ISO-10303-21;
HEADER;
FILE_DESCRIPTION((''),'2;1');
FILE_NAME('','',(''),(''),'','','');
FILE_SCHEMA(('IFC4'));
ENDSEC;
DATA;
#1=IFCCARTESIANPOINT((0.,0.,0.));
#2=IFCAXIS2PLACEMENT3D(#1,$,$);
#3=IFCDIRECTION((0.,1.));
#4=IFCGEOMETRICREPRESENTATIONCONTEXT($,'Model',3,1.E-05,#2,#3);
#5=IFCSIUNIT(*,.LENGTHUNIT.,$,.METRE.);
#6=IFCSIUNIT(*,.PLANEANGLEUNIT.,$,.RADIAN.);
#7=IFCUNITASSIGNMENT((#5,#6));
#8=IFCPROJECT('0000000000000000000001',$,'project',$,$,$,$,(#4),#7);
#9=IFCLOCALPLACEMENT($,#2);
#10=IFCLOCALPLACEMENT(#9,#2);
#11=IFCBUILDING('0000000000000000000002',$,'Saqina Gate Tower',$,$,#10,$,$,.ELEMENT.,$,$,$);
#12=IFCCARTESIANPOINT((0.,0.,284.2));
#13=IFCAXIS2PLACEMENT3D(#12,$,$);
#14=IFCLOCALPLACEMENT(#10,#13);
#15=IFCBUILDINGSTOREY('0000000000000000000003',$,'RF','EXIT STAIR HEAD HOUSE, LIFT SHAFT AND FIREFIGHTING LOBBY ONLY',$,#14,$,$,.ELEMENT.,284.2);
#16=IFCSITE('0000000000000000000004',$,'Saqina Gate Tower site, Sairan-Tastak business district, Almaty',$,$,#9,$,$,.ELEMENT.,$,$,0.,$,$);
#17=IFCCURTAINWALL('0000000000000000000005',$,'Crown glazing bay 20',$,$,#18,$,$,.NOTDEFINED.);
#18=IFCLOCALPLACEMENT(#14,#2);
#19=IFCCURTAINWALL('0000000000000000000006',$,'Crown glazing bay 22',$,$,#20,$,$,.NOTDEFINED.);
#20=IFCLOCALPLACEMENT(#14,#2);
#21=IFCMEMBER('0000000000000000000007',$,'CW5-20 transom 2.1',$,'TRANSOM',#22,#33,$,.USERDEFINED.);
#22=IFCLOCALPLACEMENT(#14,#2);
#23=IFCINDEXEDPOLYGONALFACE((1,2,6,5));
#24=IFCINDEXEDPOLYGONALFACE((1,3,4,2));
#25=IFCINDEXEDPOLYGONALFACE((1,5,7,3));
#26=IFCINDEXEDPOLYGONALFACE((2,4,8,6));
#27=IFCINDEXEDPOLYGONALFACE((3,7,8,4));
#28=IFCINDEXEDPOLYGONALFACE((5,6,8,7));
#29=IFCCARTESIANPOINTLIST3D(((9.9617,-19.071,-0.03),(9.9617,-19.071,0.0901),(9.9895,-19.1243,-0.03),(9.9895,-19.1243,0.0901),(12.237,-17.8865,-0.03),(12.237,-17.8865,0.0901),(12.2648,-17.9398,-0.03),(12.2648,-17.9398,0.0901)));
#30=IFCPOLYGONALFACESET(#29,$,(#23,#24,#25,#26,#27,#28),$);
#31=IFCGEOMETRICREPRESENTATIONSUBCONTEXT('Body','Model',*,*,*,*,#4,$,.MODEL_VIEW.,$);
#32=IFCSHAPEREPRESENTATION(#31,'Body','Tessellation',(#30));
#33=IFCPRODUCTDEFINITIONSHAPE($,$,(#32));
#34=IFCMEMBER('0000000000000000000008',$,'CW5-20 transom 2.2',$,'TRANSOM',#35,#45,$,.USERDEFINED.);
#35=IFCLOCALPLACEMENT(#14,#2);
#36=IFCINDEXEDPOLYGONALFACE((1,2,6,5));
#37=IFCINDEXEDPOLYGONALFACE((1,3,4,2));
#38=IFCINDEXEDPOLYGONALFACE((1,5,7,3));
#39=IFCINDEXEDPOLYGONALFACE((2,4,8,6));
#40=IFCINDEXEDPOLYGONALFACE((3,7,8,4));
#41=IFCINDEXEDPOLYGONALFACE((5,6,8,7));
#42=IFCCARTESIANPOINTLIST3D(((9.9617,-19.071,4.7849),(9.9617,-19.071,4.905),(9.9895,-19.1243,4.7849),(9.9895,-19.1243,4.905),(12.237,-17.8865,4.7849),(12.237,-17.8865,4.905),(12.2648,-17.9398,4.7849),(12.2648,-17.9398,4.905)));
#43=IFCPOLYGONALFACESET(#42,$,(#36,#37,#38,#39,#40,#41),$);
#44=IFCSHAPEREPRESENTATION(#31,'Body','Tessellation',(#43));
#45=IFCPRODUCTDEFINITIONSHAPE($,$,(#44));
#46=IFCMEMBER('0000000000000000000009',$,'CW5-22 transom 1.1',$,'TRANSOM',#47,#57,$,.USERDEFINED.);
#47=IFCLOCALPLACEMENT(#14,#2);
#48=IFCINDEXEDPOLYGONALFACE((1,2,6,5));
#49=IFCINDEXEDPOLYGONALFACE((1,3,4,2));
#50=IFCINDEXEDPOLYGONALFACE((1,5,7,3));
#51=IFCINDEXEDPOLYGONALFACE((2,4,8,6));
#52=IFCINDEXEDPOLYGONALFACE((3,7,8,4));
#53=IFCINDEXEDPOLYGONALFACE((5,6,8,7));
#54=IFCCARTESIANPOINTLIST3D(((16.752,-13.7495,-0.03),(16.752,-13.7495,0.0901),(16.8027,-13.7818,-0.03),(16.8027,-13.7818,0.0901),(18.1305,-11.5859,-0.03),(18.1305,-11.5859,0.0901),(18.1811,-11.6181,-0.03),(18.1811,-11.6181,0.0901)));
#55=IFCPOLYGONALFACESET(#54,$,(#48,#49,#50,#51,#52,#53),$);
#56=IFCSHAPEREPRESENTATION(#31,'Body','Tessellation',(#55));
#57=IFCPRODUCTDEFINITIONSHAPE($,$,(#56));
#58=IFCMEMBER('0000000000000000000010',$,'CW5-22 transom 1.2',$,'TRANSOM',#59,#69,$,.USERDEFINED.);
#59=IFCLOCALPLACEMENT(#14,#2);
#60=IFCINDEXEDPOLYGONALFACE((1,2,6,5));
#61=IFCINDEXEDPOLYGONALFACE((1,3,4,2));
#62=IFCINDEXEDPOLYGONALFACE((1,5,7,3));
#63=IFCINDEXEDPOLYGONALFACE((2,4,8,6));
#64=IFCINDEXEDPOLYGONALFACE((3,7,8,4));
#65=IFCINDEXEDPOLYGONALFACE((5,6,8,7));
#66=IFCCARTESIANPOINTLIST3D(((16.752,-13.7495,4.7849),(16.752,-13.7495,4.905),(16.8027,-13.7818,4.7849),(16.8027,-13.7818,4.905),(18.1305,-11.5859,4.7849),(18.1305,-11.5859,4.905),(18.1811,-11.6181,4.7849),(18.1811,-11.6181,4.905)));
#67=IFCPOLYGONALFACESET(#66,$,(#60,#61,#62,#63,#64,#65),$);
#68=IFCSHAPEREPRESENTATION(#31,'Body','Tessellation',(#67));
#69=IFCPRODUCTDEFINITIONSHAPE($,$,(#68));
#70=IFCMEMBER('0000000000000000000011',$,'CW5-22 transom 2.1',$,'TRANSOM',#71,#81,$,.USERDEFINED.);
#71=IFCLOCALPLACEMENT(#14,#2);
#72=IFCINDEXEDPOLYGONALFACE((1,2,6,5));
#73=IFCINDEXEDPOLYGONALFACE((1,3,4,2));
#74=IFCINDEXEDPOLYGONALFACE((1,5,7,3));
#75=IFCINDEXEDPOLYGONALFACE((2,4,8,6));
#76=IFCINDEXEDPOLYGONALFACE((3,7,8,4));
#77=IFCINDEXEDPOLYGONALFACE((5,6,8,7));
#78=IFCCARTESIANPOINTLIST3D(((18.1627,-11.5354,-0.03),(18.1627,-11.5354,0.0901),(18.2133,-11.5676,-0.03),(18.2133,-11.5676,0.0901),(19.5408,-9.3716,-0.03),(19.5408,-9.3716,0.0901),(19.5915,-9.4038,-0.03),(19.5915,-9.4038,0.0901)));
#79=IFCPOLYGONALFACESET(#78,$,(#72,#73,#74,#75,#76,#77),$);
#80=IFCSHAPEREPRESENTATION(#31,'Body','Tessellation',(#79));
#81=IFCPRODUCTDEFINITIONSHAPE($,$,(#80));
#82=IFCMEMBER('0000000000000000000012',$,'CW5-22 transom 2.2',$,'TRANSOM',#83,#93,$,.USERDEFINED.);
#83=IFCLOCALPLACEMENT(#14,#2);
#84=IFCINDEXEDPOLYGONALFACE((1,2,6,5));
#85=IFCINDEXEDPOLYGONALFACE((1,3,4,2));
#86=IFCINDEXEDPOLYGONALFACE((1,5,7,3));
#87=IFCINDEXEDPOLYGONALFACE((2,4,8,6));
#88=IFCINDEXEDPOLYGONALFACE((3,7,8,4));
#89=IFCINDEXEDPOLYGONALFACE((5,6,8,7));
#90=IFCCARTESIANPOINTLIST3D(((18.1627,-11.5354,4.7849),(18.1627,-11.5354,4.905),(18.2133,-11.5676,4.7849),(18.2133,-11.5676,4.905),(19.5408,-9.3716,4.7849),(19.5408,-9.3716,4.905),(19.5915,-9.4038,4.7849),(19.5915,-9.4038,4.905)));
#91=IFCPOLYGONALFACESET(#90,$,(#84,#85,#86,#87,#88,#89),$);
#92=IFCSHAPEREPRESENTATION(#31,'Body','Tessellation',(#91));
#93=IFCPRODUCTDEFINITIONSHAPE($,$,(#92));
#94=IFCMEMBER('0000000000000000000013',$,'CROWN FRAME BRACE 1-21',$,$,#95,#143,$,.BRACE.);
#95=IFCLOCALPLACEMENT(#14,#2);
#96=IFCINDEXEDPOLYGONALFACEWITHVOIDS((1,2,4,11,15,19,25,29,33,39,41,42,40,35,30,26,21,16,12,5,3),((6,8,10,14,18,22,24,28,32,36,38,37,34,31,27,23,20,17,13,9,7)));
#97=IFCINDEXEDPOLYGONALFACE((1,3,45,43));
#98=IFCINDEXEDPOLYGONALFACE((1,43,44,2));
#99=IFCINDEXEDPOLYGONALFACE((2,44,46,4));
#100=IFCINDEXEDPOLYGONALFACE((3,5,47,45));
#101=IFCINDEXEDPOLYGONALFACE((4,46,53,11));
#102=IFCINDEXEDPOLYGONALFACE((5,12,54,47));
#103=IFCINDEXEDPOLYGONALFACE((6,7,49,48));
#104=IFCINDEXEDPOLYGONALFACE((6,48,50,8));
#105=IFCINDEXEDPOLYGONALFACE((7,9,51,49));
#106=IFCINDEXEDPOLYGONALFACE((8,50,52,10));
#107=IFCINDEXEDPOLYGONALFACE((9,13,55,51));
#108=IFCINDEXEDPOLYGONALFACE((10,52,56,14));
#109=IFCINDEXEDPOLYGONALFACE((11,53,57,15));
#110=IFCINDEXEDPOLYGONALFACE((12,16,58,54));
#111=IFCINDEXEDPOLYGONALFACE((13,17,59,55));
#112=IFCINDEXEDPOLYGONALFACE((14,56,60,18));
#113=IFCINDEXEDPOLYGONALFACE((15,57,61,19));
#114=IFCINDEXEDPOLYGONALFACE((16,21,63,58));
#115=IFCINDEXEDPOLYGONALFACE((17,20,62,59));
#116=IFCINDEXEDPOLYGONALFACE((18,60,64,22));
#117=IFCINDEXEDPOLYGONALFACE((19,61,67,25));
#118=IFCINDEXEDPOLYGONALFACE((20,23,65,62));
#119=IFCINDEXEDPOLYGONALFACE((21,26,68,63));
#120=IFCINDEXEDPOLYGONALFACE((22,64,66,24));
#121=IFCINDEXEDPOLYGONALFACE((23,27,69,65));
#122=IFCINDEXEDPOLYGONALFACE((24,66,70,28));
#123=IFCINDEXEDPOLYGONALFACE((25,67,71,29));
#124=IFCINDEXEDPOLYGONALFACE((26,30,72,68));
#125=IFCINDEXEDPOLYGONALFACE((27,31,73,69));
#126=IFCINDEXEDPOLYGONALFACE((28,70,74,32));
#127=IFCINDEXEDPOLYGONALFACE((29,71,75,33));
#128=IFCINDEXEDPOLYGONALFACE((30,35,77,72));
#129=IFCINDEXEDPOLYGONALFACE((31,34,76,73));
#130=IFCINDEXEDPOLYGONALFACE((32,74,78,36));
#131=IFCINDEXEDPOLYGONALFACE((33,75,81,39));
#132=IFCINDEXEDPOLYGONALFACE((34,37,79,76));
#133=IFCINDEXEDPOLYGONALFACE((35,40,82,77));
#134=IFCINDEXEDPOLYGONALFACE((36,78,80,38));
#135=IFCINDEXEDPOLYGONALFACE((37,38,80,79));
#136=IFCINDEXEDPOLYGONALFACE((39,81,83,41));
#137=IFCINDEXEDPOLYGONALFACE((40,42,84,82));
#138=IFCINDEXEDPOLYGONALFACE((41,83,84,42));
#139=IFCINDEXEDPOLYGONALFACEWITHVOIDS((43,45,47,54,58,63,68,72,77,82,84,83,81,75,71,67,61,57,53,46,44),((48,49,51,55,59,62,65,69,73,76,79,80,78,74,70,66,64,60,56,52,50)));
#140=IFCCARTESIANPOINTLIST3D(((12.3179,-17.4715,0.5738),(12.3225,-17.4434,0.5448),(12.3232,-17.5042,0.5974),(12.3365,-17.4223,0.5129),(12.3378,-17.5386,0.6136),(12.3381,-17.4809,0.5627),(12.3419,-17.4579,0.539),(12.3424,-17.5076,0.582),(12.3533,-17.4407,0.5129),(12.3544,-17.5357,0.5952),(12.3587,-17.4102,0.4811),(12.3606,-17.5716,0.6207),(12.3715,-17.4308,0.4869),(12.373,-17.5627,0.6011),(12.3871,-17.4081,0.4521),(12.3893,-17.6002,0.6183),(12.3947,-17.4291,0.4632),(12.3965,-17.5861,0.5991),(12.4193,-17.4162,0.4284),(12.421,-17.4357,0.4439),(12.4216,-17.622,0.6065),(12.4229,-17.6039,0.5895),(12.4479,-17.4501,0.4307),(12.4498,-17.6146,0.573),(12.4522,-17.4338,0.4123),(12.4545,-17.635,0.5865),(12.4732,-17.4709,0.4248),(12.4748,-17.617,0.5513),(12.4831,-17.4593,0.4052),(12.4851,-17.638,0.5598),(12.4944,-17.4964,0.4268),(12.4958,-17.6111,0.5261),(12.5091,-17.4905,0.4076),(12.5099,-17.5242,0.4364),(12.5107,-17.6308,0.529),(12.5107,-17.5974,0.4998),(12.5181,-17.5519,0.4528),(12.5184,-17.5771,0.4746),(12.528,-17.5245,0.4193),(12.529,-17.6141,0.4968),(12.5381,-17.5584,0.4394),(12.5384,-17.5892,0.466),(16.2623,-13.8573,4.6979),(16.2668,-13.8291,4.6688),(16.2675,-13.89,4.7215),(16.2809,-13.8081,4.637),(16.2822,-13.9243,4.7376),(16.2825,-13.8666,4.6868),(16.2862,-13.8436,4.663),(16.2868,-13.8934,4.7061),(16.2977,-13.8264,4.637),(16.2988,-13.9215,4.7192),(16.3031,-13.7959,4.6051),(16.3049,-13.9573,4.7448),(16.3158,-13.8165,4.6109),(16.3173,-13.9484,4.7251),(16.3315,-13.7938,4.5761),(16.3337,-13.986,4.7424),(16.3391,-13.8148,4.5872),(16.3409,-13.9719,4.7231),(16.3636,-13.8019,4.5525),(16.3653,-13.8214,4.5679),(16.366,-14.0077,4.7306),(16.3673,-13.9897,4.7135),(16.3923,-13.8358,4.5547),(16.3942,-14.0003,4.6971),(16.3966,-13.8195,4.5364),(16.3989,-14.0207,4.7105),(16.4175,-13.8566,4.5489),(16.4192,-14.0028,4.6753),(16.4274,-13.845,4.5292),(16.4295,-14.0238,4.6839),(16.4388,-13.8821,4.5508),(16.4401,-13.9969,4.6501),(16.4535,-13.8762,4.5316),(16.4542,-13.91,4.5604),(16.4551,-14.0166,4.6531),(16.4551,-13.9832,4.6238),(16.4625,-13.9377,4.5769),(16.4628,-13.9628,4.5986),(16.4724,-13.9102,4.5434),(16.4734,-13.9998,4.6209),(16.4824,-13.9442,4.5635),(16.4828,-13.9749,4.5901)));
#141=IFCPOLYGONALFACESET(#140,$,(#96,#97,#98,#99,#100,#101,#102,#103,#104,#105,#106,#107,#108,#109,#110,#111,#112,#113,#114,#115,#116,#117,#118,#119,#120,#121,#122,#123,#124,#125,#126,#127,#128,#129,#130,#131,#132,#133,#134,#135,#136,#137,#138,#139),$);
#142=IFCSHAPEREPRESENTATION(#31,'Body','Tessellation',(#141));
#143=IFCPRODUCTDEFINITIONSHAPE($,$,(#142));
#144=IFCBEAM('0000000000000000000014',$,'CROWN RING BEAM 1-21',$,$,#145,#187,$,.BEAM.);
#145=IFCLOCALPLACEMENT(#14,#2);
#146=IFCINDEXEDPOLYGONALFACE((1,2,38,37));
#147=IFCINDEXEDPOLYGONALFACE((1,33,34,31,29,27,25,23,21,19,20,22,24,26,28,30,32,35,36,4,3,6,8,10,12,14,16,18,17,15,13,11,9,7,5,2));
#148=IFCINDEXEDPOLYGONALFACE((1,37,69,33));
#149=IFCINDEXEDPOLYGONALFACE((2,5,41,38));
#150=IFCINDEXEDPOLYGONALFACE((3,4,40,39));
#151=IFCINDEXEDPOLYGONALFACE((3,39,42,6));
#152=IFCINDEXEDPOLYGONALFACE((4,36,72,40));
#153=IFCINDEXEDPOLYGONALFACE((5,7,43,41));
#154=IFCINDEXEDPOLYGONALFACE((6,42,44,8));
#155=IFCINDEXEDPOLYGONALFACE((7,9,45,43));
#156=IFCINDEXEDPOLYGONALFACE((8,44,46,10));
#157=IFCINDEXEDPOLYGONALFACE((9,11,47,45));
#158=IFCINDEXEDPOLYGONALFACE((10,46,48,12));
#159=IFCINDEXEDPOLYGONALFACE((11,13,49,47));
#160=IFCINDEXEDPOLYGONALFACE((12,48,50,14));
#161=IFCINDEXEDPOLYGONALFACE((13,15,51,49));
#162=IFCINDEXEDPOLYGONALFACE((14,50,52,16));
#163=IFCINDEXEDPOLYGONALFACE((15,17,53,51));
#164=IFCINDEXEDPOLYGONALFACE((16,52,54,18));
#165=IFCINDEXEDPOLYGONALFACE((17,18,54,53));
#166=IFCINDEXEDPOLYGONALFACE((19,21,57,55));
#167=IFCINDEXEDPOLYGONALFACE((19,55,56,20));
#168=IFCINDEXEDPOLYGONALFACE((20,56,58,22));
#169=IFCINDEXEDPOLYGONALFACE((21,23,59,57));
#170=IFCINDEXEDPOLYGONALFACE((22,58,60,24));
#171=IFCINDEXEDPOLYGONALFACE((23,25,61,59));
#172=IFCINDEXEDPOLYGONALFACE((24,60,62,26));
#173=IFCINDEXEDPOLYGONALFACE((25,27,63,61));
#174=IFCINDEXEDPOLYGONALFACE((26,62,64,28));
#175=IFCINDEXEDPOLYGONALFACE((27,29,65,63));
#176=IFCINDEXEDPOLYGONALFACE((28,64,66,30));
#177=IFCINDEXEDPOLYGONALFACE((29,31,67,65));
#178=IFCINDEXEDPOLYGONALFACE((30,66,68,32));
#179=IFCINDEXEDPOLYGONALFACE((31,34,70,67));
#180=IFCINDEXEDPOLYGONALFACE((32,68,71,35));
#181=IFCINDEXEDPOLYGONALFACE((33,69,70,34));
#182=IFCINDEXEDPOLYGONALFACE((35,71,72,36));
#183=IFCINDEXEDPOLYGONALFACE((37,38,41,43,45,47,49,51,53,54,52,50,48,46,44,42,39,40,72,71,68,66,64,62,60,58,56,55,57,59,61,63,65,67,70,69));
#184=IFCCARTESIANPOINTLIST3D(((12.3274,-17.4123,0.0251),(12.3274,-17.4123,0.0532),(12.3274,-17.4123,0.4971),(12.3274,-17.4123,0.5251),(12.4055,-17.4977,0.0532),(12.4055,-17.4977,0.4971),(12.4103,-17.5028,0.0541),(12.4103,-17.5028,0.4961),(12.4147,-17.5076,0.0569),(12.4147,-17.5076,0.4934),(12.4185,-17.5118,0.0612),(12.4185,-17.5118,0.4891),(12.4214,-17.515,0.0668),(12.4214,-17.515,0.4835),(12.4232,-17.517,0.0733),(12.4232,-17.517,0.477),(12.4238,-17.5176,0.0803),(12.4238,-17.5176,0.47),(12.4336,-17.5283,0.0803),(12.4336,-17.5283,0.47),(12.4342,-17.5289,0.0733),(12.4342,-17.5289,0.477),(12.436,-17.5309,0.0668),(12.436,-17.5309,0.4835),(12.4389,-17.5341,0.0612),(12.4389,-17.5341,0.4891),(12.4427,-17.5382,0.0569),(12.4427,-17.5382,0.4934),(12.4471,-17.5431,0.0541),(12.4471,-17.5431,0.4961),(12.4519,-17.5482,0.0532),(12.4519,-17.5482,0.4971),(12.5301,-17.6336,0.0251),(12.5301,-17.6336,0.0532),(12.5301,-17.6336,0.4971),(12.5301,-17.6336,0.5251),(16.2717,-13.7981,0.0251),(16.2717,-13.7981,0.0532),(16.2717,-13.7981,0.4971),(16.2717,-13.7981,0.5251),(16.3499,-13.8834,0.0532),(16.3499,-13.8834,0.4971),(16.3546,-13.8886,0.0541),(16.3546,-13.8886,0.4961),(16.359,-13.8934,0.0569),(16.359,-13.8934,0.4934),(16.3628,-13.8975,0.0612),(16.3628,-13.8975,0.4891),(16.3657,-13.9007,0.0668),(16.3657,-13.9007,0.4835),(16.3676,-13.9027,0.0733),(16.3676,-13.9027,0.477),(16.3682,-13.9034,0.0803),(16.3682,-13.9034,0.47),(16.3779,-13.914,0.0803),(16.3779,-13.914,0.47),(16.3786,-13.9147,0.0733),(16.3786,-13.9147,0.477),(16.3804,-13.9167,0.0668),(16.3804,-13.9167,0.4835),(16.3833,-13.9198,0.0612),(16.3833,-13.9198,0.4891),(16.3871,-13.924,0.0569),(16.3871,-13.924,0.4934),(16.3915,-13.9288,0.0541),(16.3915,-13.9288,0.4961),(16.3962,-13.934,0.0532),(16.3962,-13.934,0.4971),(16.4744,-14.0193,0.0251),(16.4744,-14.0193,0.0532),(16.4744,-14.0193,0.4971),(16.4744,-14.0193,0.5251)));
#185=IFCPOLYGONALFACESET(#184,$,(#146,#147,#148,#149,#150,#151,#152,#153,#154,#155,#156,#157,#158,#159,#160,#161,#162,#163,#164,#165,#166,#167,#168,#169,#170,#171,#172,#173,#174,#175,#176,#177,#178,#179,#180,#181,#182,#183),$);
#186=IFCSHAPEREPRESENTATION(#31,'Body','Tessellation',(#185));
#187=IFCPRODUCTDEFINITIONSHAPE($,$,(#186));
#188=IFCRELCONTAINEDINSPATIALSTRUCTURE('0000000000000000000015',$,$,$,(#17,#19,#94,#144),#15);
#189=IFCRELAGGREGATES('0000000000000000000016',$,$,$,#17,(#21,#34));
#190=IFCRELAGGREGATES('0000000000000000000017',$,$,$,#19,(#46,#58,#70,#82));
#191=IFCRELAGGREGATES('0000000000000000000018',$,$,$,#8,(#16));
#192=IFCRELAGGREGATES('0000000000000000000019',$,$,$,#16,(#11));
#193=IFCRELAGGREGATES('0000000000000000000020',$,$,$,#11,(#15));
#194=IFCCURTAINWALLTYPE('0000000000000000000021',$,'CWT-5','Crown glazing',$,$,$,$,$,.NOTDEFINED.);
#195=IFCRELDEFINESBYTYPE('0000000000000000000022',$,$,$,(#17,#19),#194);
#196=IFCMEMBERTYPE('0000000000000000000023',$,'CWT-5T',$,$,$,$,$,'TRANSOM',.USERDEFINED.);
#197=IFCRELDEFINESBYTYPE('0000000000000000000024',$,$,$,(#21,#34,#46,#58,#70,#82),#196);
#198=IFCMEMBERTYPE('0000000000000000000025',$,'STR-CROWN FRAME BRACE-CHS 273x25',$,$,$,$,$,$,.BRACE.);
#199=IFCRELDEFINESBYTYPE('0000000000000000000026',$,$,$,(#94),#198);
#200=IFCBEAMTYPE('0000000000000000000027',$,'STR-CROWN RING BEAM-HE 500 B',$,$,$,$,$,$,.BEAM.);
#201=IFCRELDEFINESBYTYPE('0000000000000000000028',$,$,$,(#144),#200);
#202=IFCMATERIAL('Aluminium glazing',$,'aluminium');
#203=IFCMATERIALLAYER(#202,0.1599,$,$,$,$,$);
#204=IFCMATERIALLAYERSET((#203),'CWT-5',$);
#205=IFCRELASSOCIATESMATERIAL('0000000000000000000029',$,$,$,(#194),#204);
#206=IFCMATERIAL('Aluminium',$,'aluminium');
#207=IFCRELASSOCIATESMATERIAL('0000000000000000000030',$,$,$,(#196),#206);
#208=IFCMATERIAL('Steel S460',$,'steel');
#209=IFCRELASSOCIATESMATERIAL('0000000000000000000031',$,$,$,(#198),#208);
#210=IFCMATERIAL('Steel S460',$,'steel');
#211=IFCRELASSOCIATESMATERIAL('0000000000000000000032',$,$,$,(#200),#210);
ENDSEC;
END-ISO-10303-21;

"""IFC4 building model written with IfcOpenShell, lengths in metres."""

from ifc_helpers import new_model, si_unit, direction, frame, origin, origin_2d, place, context, subcontext, project, spatial, rectangle, hollow_circle, i_section, extrude, material, layer, layer_set, material_profile, profile_set, type_object, element, aggregate, save


model = new_model("IFC4")

# Units and contexts
model_context = context("Model", 3, precision=1e-05, world=origin(), true_north=direction((0.0, 1.0)))
body_context = subcontext(model_context, "Body", "Model", "MODEL_VIEW")
ifc_project = project(units=[si_unit("LENGTHUNIT", "METRE"), si_unit("PLANEANGLEUNIT", "RADIAN")], contexts=[model_context])

# Site, building, storey
site_placement = place(None, origin())
site = spatial("IfcSite", under=ifc_project, at=site_placement, Name="Saqina Gate Tower site, Sairan-Tastak business district, Almaty", CompositionType="ELEMENT", RefElevation=0.0)
building_placement = place(site_placement, origin())
building = spatial("IfcBuilding", under=site, at=building_placement, Name="Saqina Gate Tower", CompositionType="ELEMENT")
storey_placement = place(building_placement, frame((0.0, 0.0, 284.2)))
storey = spatial("IfcBuildingStorey", under=building, at=storey_placement, Name="RF", Description="EXIT STAIR HEAD HOUSE, LIFT SHAFT AND FIREFIGHTING LOBBY ONLY", CompositionType="ELEMENT", Elevation=284.2)

# Curtain walls
ifc_material_1 = material(Name="Aluminium glazing", Category="aluminium")
ifc_layer_1 = layer(ifc_material_1, 0.1599)
ifc_layer_set_1 = layer_set([ifc_layer_1], Name="CWT-5")
curtain_wall_type = type_object("IfcCurtainWallType", Name="CWT-5", Description="Crown glazing", PredefinedType="NOTDEFINED", material=ifc_layer_set_1)
curtain_wall_1_placement = place(storey_placement, origin())
curtain_wall_1 = element("IfcCurtainWall", 1, at=curtain_wall_1_placement, inside=storey, type_object=curtain_wall_type, Name="Crown glazing bay 20", PredefinedType="NOTDEFINED")
curtain_wall_2_placement = place(storey_placement, origin())
curtain_wall_2 = element("IfcCurtainWall", 2, at=curtain_wall_2_placement, inside=storey, type_object=curtain_wall_type, Name="Crown glazing bay 22", PredefinedType="NOTDEFINED")

# Members
ifc_material_2 = material(Name="Aluminium", Category="aluminium")
ifc_material_profile_1 = material_profile(ifc_material_2, rectangle(XDim=0.0601, YDim=0.1201, at=origin_2d()), Name="Aluminium 60x120")
ifc_profile_set_1 = profile_set([ifc_material_profile_1], Name="Aluminium")
member_type_1 = type_object("IfcMemberType", Name="CWT-5T", ElementType="TRANSOM", PredefinedType="USERDEFINED", material=ifc_profile_set_1)
member_1_placement = place(storey_placement, frame((9.9756, -19.0977, 0.03), z_axis=(0.886999, 0.461772, 0.0), x_axis=(-0.461772, 0.886999, 0.0)))
member_1 = element("IfcMember", 3, at=member_1_placement, type_object=member_type_1, Name="CW5-20 transom 2.1", ObjectType="TRANSOM", PredefinedType="USERDEFINED", context=body_context, shape_type="SweptSolid", body=[
    extrude(rectangle(XDim=0.0601, YDim=0.1201, at=origin_2d()), origin(), (0.0, 0.0, 1.0), 2.5652),
])
member_2_placement = place(storey_placement, frame((9.9756, -19.0977, 4.845), z_axis=(0.886999, 0.461772, 0.0), x_axis=(-0.461772, 0.886999, 0.0)))
member_2 = element("IfcMember", 4, at=member_2_placement, type_object=member_type_1, Name="CW5-20 transom 2.2", ObjectType="TRANSOM", PredefinedType="USERDEFINED", context=body_context, shape_type="SweptSolid", body=[
    extrude(rectangle(XDim=0.0601, YDim=0.1201, at=origin_2d()), origin(), (0.0, 0.0, 1.0), 2.5652),
])
member_3_placement = place(storey_placement, frame((16.7773, -13.7656, 0.03), z_axis=(0.537319, 0.843379, 0.0), x_axis=(-0.843379, 0.537319, 0.0)))
member_3 = element("IfcMember", 5, at=member_3_placement, type_object=member_type_1, Name="CW5-22 transom 1.1", ObjectType="TRANSOM", PredefinedType="USERDEFINED", context=body_context, shape_type="SweptSolid", body=[
    extrude(rectangle(XDim=0.0601, YDim=0.1201, at=origin_2d()), origin(), (0.0, 0.0, 1.0), 2.5654),
])
member_4_placement = place(storey_placement, frame((16.7773, -13.7656, 4.845), z_axis=(0.537319, 0.843379, 0.0), x_axis=(-0.843379, 0.537319, 0.0)))
member_4 = element("IfcMember", 6, at=member_4_placement, type_object=member_type_1, Name="CW5-22 transom 1.2", ObjectType="TRANSOM", PredefinedType="USERDEFINED", context=body_context, shape_type="SweptSolid", body=[
    extrude(rectangle(XDim=0.0601, YDim=0.1201, at=origin_2d()), origin(), (0.0, 0.0, 1.0), 2.5654),
])
member_5_placement = place(storey_placement, frame((18.188, -11.5515, 0.03), z_axis=(0.537208, 0.84345, 0.0), x_axis=(-0.84345, 0.537208, 0.0)))
member_5 = element("IfcMember", 7, at=member_5_placement, type_object=member_type_1, Name="CW5-22 transom 2.1", ObjectType="TRANSOM", PredefinedType="USERDEFINED", context=body_context, shape_type="SweptSolid", body=[
    extrude(rectangle(XDim=0.0601, YDim=0.1201, at=origin_2d()), origin(), (0.0, 0.0, 1.0), 2.5654),
])
member_6_placement = place(storey_placement, frame((18.188, -11.5515, 4.845), z_axis=(0.537208, 0.84345, 0.0), x_axis=(-0.84345, 0.537208, 0.0)))
member_6 = element("IfcMember", 8, at=member_6_placement, type_object=member_type_1, Name="CW5-22 transom 2.2", ObjectType="TRANSOM", PredefinedType="USERDEFINED", context=body_context, shape_type="SweptSolid", body=[
    extrude(rectangle(XDim=0.0601, YDim=0.1201, at=origin_2d()), origin(), (0.0, 0.0, 1.0), 2.5654),
])
ifc_material_3 = material(Name="Steel S460", Category="steel")
ifc_material_profile_2 = material_profile(ifc_material_3, hollow_circle(Radius=0.1365, WallThickness=0.0249, at=origin_2d()), Name="CHS 273x25")
ifc_profile_set_2 = profile_set([ifc_material_profile_2], Name="Steel S460")
member_type_2 = type_object("IfcMemberType", Name="STR-CROWN FRAME BRACE-CHS 273x25", PredefinedType="BRACE", material=ifc_profile_set_2)
member_7_placement = place(storey_placement, frame((12.4287, -17.5229, 0.5129), z_axis=(0.583925, 0.53506, 0.610526), x_axis=(-0.675584, 0.737283, 0.0)))
element("IfcMember", 9, at=member_7_placement, inside=storey, type_object=member_type_2, Name="CROWN FRAME BRACE 1-21", PredefinedType="BRACE", context=body_context, shape_type="SweptSolid", body=[
    extrude(hollow_circle(Radius=0.1365, WallThickness=0.0249, at=origin_2d()), origin(), (0.0, 0.0, 1.0), 6.7549),
])

# Beam
ifc_material_4 = material(Name="Steel S460", Category="steel")
ifc_material_profile_3 = material_profile(ifc_material_4, i_section(OverallWidth=0.3, OverallDepth=0.5, WebThickness=0.0144, FlangeThickness=0.0281, FilletRadius=0.0271, at=origin_2d()), Name="HE 500 B")
ifc_profile_set_3 = profile_set([ifc_material_profile_3], Name="Steel S460")
beam_type = type_object("IfcBeamType", Name="STR-CROWN RING BEAM-HE 500 B", PredefinedType="BEAM", material=ifc_profile_set_3)
beam_1_placement = place(storey_placement, frame((12.4287, -17.5229, 0.2751), z_axis=(0.737283, 0.675584, 0.0), x_axis=(-0.675584, 0.737283, 0.0)))
element("IfcBeam", 10, at=beam_1_placement, inside=storey, type_object=beam_type, Name="CROWN RING BEAM 1-21", PredefinedType="BEAM", context=body_context, shape_type="SweptSolid", body=[
    extrude(i_section(OverallWidth=0.3, OverallDepth=0.5, WebThickness=0.0144, FlangeThickness=0.0281, FilletRadius=0.0271, at=origin_2d()), origin(), (0.0, 0.0, 1.0), 5.3499),
])

aggregate(curtain_wall_1, [member_1, member_2])
aggregate(curtain_wall_2, [member_3, member_4, member_5, member_6])

save(model, "model.ifc")
